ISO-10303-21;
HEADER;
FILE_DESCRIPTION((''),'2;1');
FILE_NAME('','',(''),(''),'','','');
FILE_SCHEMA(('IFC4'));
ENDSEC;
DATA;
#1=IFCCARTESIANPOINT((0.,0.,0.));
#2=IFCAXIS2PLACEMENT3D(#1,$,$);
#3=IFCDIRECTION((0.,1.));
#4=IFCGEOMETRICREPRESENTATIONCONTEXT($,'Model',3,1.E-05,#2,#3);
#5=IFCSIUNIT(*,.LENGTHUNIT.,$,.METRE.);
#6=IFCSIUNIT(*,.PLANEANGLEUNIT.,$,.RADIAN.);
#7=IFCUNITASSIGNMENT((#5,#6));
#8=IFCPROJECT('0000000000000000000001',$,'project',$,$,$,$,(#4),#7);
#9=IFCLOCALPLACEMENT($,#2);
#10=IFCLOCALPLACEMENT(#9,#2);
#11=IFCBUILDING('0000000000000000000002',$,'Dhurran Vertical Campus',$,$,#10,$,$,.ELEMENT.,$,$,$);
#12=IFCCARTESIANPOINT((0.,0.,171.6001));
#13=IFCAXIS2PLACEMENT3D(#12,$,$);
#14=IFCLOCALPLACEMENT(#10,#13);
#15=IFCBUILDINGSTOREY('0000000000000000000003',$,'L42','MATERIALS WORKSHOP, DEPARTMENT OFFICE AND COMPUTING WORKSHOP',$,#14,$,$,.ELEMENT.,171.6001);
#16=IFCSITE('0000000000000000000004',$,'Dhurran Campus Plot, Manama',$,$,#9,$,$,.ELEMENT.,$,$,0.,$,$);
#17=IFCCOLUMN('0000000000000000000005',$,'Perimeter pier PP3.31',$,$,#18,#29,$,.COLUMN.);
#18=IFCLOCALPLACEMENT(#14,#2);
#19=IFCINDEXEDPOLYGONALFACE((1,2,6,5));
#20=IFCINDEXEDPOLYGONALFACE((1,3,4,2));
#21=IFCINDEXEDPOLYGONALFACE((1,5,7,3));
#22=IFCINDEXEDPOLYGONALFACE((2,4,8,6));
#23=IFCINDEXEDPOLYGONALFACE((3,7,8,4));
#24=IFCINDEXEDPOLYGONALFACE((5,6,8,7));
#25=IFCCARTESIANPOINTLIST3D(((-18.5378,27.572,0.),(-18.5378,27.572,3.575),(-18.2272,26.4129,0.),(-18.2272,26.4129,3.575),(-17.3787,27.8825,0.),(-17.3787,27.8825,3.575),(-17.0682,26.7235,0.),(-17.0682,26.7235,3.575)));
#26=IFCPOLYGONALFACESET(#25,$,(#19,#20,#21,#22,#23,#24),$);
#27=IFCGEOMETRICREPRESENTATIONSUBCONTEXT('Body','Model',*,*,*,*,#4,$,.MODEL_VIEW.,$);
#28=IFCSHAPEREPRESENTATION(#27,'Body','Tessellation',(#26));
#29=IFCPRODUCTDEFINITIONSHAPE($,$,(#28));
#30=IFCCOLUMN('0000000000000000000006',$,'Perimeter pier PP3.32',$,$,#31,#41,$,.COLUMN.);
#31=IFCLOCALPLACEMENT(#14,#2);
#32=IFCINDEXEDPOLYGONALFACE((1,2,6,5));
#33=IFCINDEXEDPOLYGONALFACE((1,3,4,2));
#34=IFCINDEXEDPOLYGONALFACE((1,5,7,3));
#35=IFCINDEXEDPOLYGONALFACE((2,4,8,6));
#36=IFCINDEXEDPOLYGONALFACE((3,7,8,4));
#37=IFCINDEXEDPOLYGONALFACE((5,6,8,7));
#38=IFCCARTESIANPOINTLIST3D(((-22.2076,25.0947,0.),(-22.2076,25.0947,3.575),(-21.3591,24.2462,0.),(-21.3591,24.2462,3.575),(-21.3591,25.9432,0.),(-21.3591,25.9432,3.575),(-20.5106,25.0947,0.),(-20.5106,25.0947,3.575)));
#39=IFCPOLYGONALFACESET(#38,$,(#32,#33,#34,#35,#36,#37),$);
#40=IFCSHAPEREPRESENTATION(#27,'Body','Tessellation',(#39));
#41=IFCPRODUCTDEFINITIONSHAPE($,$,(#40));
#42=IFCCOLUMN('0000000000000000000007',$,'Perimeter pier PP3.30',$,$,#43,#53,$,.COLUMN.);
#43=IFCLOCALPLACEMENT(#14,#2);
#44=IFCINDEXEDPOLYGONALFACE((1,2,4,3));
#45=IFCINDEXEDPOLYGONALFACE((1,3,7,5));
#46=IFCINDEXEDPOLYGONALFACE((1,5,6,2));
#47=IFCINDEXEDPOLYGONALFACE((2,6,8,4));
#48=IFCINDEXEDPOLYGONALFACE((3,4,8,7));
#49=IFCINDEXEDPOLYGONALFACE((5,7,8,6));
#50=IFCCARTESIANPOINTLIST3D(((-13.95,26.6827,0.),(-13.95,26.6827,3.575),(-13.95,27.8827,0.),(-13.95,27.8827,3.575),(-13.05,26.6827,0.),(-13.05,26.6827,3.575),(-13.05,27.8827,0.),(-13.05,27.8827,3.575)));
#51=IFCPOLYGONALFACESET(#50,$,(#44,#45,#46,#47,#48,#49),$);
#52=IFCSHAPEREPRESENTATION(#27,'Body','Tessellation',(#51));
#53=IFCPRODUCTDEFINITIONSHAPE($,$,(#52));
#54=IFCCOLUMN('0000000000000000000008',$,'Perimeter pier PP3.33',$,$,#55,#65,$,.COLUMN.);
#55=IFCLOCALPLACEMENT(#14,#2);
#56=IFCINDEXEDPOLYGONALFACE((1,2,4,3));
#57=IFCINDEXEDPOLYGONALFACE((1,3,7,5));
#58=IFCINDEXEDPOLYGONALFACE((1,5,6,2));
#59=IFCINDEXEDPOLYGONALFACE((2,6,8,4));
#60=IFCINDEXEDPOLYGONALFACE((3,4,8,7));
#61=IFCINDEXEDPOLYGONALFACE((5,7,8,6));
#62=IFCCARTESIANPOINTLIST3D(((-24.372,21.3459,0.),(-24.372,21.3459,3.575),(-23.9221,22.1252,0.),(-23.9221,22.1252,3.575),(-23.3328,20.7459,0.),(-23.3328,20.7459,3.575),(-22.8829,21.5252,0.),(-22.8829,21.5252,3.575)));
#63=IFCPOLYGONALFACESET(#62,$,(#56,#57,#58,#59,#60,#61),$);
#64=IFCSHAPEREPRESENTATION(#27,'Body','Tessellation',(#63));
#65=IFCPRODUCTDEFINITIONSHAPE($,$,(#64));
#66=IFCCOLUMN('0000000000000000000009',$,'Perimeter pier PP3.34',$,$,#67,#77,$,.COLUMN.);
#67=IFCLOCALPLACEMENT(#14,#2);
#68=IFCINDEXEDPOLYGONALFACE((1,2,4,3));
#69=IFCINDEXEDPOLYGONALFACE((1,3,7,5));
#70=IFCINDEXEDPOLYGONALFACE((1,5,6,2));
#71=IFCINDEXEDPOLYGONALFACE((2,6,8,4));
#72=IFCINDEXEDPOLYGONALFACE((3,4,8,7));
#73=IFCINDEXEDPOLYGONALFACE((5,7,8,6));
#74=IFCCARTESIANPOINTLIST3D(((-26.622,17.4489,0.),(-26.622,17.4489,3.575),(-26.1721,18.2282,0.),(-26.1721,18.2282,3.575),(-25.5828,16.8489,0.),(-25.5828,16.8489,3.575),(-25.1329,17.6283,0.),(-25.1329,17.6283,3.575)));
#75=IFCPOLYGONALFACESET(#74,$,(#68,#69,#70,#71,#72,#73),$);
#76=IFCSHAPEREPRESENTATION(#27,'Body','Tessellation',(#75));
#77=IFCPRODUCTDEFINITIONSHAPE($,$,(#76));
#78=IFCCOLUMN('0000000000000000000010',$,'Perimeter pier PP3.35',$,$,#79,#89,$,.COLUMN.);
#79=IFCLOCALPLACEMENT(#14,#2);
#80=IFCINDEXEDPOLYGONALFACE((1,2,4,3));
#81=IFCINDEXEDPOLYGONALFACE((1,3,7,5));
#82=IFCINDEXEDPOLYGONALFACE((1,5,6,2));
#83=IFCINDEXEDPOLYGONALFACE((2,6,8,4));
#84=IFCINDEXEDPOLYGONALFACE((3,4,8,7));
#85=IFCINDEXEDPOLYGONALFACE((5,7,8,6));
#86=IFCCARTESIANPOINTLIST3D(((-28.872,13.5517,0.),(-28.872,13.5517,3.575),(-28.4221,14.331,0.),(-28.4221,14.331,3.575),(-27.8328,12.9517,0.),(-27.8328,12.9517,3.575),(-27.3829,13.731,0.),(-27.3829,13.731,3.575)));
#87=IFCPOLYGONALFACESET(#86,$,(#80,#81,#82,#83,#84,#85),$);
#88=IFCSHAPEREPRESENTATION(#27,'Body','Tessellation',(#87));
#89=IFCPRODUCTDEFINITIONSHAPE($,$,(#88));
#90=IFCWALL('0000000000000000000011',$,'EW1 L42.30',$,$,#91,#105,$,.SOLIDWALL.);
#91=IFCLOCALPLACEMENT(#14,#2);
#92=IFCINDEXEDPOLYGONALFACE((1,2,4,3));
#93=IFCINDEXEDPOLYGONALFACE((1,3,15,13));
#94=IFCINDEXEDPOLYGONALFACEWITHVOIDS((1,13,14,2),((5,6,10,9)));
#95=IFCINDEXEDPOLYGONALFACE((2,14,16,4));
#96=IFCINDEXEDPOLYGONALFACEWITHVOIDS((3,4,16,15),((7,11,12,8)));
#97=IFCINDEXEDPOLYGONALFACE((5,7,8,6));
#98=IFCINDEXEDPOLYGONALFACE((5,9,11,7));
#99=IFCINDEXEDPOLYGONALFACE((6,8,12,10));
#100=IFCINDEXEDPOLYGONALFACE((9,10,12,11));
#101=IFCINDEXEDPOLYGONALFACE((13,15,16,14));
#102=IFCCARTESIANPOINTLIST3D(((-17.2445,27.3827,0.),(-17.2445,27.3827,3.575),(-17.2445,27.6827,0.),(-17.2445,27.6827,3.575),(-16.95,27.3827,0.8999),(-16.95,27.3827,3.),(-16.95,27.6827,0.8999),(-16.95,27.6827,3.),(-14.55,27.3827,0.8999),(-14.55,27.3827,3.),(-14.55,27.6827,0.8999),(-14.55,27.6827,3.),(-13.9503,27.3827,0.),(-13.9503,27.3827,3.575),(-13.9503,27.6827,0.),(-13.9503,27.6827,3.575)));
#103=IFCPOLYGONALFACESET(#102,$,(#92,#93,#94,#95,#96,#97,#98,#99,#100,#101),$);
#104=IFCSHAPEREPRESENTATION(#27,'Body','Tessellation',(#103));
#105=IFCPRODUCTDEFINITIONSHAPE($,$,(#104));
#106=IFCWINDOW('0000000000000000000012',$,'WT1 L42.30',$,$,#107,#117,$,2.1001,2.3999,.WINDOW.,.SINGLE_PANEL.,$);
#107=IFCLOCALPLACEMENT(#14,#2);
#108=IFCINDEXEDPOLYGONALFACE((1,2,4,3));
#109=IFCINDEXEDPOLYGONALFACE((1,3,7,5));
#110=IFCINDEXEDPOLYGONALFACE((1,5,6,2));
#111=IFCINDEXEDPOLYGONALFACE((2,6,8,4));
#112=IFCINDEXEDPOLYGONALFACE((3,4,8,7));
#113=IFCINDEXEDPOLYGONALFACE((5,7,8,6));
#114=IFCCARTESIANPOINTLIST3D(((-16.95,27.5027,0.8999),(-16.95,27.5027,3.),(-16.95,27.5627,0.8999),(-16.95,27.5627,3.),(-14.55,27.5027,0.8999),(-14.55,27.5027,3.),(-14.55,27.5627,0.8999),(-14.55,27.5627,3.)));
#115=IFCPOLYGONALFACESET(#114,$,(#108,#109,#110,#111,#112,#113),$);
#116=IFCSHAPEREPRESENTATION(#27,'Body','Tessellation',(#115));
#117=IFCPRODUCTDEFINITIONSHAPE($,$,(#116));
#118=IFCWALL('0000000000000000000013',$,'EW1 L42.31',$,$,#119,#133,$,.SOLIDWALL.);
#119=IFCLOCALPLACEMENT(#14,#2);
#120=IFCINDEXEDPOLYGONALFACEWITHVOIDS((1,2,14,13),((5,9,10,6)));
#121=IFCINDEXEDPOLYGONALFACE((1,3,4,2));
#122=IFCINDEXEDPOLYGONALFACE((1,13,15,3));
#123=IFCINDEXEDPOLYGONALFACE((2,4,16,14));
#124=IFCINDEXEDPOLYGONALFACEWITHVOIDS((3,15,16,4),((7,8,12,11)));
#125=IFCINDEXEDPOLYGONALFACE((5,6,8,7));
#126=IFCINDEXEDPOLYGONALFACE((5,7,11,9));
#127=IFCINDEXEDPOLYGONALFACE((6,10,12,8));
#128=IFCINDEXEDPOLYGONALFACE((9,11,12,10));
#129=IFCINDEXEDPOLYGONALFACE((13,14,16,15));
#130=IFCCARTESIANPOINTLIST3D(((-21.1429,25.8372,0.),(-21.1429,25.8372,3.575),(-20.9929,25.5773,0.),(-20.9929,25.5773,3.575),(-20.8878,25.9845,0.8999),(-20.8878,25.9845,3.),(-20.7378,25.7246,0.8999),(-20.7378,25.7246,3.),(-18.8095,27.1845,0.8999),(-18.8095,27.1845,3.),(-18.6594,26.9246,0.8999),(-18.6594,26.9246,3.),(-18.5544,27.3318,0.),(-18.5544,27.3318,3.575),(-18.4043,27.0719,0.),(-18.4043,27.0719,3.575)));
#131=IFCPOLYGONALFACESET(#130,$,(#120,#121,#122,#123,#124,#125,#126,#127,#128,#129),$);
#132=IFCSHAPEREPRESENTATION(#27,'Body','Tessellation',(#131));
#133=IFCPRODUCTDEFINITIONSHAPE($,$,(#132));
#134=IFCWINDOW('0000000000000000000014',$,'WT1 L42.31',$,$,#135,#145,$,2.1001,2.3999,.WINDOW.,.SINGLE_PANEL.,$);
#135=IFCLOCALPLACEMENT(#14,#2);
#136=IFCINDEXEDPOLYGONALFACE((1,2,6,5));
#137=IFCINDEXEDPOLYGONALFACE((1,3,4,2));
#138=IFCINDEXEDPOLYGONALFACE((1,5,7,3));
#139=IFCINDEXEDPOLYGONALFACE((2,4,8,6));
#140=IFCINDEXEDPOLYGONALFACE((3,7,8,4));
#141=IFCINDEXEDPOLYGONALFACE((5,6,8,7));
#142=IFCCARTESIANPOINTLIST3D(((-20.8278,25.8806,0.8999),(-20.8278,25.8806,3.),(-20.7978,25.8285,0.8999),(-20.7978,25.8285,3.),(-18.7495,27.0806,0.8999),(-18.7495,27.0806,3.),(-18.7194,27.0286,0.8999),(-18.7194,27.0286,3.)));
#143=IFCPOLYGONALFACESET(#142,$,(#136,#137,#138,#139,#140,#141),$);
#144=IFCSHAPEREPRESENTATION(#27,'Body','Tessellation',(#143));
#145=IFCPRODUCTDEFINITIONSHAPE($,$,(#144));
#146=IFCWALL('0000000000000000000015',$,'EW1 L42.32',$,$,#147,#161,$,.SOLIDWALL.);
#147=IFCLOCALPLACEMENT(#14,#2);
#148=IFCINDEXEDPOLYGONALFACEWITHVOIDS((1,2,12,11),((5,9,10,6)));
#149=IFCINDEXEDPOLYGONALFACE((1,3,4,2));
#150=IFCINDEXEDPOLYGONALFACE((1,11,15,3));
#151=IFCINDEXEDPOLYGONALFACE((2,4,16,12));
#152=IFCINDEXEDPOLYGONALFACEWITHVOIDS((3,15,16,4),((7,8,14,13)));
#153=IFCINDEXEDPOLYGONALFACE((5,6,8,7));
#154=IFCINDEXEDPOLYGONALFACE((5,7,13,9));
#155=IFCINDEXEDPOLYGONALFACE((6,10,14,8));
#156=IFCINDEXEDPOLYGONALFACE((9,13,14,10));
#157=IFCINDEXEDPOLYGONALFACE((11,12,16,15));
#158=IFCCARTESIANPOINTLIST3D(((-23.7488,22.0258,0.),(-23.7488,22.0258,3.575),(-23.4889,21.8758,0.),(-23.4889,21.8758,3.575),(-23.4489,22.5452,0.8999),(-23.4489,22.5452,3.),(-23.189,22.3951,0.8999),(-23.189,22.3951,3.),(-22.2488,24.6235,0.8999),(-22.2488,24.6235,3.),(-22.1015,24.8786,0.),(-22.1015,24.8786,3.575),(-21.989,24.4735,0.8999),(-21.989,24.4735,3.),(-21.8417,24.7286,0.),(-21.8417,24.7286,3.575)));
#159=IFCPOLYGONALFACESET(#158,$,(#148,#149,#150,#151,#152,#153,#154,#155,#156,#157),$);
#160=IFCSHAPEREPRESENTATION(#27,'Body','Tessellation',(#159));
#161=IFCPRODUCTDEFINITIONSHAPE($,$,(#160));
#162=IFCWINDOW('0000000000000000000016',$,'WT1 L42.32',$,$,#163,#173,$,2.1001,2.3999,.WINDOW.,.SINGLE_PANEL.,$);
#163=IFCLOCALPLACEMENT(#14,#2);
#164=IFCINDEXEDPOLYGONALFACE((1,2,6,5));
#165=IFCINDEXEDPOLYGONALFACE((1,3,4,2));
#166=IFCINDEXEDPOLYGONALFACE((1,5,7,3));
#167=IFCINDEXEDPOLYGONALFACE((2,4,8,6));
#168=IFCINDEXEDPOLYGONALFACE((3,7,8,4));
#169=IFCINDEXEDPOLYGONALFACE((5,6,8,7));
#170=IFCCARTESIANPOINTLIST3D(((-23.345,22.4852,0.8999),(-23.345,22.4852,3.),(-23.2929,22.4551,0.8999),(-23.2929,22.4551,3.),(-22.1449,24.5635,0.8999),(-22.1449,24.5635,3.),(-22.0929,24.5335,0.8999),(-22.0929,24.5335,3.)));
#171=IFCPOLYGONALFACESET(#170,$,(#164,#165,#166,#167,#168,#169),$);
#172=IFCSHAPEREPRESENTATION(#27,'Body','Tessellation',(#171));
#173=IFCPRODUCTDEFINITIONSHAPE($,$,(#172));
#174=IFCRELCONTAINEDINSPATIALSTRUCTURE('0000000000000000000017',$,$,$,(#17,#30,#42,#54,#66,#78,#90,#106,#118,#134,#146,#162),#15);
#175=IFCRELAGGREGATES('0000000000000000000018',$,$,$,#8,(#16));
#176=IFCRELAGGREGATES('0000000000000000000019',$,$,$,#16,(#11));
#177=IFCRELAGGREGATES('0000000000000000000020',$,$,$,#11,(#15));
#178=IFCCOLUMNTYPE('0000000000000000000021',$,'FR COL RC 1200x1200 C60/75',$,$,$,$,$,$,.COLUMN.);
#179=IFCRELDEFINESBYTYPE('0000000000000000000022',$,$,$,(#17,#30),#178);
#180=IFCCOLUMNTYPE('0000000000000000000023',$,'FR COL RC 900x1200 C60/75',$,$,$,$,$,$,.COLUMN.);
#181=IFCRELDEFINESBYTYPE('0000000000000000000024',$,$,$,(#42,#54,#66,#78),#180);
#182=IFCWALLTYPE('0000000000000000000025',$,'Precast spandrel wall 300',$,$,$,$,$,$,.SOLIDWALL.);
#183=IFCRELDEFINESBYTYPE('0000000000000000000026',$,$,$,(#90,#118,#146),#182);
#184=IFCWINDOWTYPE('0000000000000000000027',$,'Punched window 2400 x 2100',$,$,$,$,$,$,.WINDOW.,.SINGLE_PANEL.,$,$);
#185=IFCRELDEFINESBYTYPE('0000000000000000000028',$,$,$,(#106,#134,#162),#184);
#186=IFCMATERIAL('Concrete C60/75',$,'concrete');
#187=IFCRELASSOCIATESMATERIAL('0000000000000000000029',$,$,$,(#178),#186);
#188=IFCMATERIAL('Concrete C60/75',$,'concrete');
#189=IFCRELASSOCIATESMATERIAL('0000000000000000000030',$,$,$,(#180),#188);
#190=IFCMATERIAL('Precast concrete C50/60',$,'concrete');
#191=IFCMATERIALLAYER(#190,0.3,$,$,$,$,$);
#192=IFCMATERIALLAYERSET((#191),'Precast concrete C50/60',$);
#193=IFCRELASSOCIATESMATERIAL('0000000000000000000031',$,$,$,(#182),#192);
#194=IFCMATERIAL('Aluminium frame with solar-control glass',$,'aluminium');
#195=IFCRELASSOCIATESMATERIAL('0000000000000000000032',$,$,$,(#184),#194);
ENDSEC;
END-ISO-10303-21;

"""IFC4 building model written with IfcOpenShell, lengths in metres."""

from ifc_helpers import new_model, si_unit, direction, frame, frame_2d, origin, origin_2d, place, context, subcontext, project, spatial, rectangle, extrude, material, layer, layer_set, material_profile, profile_set, type_object, element, fill, save


model = new_model("IFC4")

# Units and contexts
model_context = context("Model", 3, precision=1e-05, world=origin(), true_north=direction((0.0, 1.0)))
body_context = subcontext(model_context, "Body", "Model", "MODEL_VIEW")
ifc_project = project(units=[si_unit("LENGTHUNIT", "METRE"), si_unit("PLANEANGLEUNIT", "RADIAN")], contexts=[model_context])

# Site, building, storey
site_placement = place(None, origin())
site = spatial("IfcSite", under=ifc_project, at=site_placement, Name="Dhurran Campus Plot, Manama", CompositionType="ELEMENT", RefElevation=0.0)
building_placement = place(site_placement, origin())
building = spatial("IfcBuilding", under=site, at=building_placement, Name="Dhurran Vertical Campus", CompositionType="ELEMENT")
storey_placement = place(building_placement, frame((0.0, 0.0, 171.6001)))
storey = spatial("IfcBuildingStorey", under=building, at=storey_placement, Name="L42", Description="MATERIALS WORKSHOP, DEPARTMENT OFFICE AND COMPUTING WORKSHOP", CompositionType="ELEMENT", Elevation=171.6001)

# Columns
ifc_material_1 = material(Name="Concrete C60/75", Category="concrete")
ifc_material_profile_1 = material_profile(ifc_material_1, rectangle(XDim=1.2, YDim=1.2, at=origin_2d()), Name="RC 1200x1200")
ifc_profile_set_1 = profile_set([ifc_material_profile_1], Name="Concrete C60/75")
column_type_1 = type_object("IfcColumnType", Name="FR COL RC 1200x1200 C60/75", PredefinedType="COLUMN", material=ifc_profile_set_1)
for number, where, z_axis, x_axis, name in (
    (1, (-17.803, 27.1477, 0.0), (0.0, 0.0, 1.0), (-0.965926, -0.258819, 0.0), "Perimeter pier PP3.31"),
    (2, (-21.3591, 25.0947, 0.0), (0.0, 0.0, 1.0), (-0.707107, -0.707107, 0.0), "Perimeter pier PP3.32"),
):
    element("IfcColumn", number, at=place(storey_placement, frame(where, z_axis=z_axis, x_axis=x_axis)), inside=storey, type_object=column_type_1, Name=name, PredefinedType="COLUMN", context=body_context, shape_type="SweptSolid", body=[
        extrude(rectangle(XDim=1.2, YDim=1.2, at=origin_2d()), origin(), (0.0, 0.0, 1.0), 3.575),
    ])
ifc_material_2 = material(Name="Concrete C60/75", Category="concrete")
ifc_material_profile_2 = material_profile(ifc_material_2, rectangle(XDim=0.8999, YDim=1.2, at=origin_2d()), Name="RC 900x1200")
ifc_profile_set_2 = profile_set([ifc_material_profile_2], Name="Concrete C60/75")
column_type_2 = type_object("IfcColumnType", Name="FR COL RC 900x1200 C60/75", PredefinedType="COLUMN", material=ifc_profile_set_2)
for number, where, z_axis, x_axis, name in (
    (3, (-13.5, 27.2827, 0.0), (0.0, 0.0, 1.0), (-1.0, 0.0, 0.0), "Perimeter pier PP3.30"),
    (4, (-23.6274, 21.4355, 0.0), (0.0, 0.0, 1.0), (-0.5, -0.866025, 0.0), "Perimeter pier PP3.33"),
    (5, (-25.8774, 17.5386, 0.0), (0.0, 0.0, 1.0), (-0.5, -0.866025, 0.0), "Perimeter pier PP3.34"),
    (6, (-28.1274, 13.6414, 0.0), (0.0, 0.0, 1.0), (-0.5, -0.866025, 0.0), "Perimeter pier PP3.35"),
):
    element("IfcColumn", number, at=place(storey_placement, frame(where, z_axis=z_axis, x_axis=x_axis)), inside=storey, type_object=column_type_2, Name=name, PredefinedType="COLUMN", context=body_context, shape_type="SweptSolid", body=[
        extrude(rectangle(XDim=0.8999, YDim=1.2, at=origin_2d()), origin(), (0.0, 0.0, 1.0), 3.575),
    ])

# Walls, openings, windows
ifc_material_3 = material(Name="Precast concrete C50/60", Category="concrete")
ifc_layer_1 = layer(ifc_material_3, 0.3)
ifc_layer_set_1 = layer_set([ifc_layer_1], Name="Precast concrete C50/60")
wall_type_1 = type_object("IfcWallType", Name="Precast spandrel wall 300", PredefinedType="SOLIDWALL", material=ifc_layer_set_1)
wall_1_placement = place(storey_placement, frame((-13.9504, 27.5327, 0.0), z_axis=(0.0, 0.0, 1.0), x_axis=(-1.0, 0.0, 0.0)))
wall_1 = element("IfcWall", 7, at=wall_1_placement, inside=storey, type_object=wall_type_1, Name="EW1 L42.30", PredefinedType="SOLIDWALL", context=body_context, shape_type="SweptSolid", body=[
    extrude(rectangle(XDim=3.2942, YDim=0.3, at=frame_2d((1.647, 0.0))), origin(), (0.0, 0.0, 1.0), 3.575),
])
opening_1_placement = place(wall_1_placement, frame((0.5996, 0.0, 0.8999)))
opening_1 = element("IfcOpeningElement", 8, at=opening_1_placement, cuts=wall_1, PredefinedType="OPENING", context=body_context, shape_type="SweptSolid", body=[
    extrude(rectangle(XDim=2.3999, YDim=2.1001, at=frame_2d((1.2, 1.05))), frame((0.0, 0.1599, 0.0), z_axis=(0.0, -1.0, 0.0), x_axis=(1.0, 0.0, 0.0)), (0.0, 0.0, 1.0), 0.3201),
])
ifc_material_4 = material(Name="Aluminium frame with solar-control glass", Category="aluminium")
window_type = type_object("IfcWindowType", Name="Punched window 2400 x 2100", PartitioningType="SINGLE_PANEL", PredefinedType="WINDOW", material=ifc_material_4)
window_1_placement = place(opening_1_placement, origin())
window_1 = element("IfcWindow", 9, at=window_1_placement, inside=storey, type_object=window_type, Name="WT1 L42.30", OverallHeight=2.1001, OverallWidth=2.3999, PartitioningType="SINGLE_PANEL", PredefinedType="WINDOW", context=body_context, shape_type="SweptSolid", body=[
    extrude(rectangle(XDim=2.3999, YDim=2.1001, at=frame_2d((1.2, 1.05))), frame((0.0, 0.03, 0.0), z_axis=(0.0, -1.0, 0.0), x_axis=(1.0, 0.0, 0.0)), (0.0, 0.0, 1.0), 0.0601),
])
fill(opening_1, window_1)
wall_2_placement = place(storey_placement, frame((-18.4792, 27.2019, 0.0), z_axis=(0.0, 0.0, 1.0), x_axis=(-0.866013, -0.500022, 0.0)))
wall_2 = element("IfcWall", 10, at=wall_2_placement, inside=storey, type_object=wall_type_1, Name="EW1 L42.31", PredefinedType="SOLIDWALL", context=body_context, shape_type="SweptSolid", body=[
    extrude(rectangle(XDim=2.989, YDim=0.3, at=frame_2d((1.4946, 0.0))), origin(), (0.0, 0.0, 1.0), 3.575),
])
opening_2_placement = place(wall_2_placement, frame((0.2947, 0.0, 0.8999)))
opening_2 = element("IfcOpeningElement", 11, at=opening_2_placement, cuts=wall_2, PredefinedType="OPENING", context=body_context, shape_type="SweptSolid", body=[
    extrude(rectangle(XDim=2.3999, YDim=2.1001, at=frame_2d((1.2, 1.05))), frame((0.0, 0.1599, 0.0), z_axis=(0.0, -1.0, 0.0), x_axis=(1.0, 0.0, 0.0)), (0.0, 0.0, 1.0), 0.3201),
])
window_2_placement = place(opening_2_placement, origin())
window_2 = element("IfcWindow", 12, at=window_2_placement, inside=storey, type_object=window_type, Name="WT1 L42.31", OverallHeight=2.1001, OverallWidth=2.3999, PartitioningType="SINGLE_PANEL", PredefinedType="WINDOW", context=body_context, shape_type="SweptSolid", body=[
    extrude(rectangle(XDim=2.3999, YDim=2.1001, at=frame_2d((1.2, 1.05))), frame((0.0, 0.03, 0.0), z_axis=(0.0, -1.0, 0.0), x_axis=(1.0, 0.0, 0.0)), (0.0, 0.0, 1.0), 0.0601),
])
fill(opening_2, window_2)
wall_3_placement = place(storey_placement, frame((-21.9717, 24.8035, 0.0), z_axis=(0.0, 0.0, 1.0), x_axis=(-0.500037, -0.866004, 0.0)))
wall_3 = element("IfcWall", 13, at=wall_3_placement, inside=storey, type_object=wall_type_1, Name="EW1 L42.32", PredefinedType="SOLIDWALL", context=body_context, shape_type="SweptSolid", body=[
    extrude(rectangle(XDim=3.2942, YDim=0.3, at=frame_2d((1.647, 0.0))), origin(), (0.0, 0.0, 1.0), 3.575),
])
opening_3_placement = place(wall_3_placement, frame((0.2944, 0.0, 0.8999)))
opening_3 = element("IfcOpeningElement", 14, at=opening_3_placement, cuts=wall_3, PredefinedType="OPENING", context=body_context, shape_type="SweptSolid", body=[
    extrude(rectangle(XDim=2.3999, YDim=2.1001, at=frame_2d((1.2, 1.05))), frame((0.0, 0.1599, 0.0), z_axis=(0.0, -1.0, 0.0), x_axis=(1.0, 0.0, 0.0)), (0.0, 0.0, 1.0), 0.3201),
])
window_3_placement = place(opening_3_placement, origin())
window_3 = element("IfcWindow", 15, at=window_3_placement, inside=storey, type_object=window_type, Name="WT1 L42.32", OverallHeight=2.1001, OverallWidth=2.3999, PartitioningType="SINGLE_PANEL", PredefinedType="WINDOW", context=body_context, shape_type="SweptSolid", body=[
    extrude(rectangle(XDim=2.3999, YDim=2.1001, at=frame_2d((1.2, 1.05))), frame((0.0, 0.03, 0.0), z_axis=(0.0, -1.0, 0.0), x_axis=(1.0, 0.0, 0.0)), (0.0, 0.0, 1.0), 0.0601),
])
fill(opening_3, window_3)

save(model, "model.ifc")
